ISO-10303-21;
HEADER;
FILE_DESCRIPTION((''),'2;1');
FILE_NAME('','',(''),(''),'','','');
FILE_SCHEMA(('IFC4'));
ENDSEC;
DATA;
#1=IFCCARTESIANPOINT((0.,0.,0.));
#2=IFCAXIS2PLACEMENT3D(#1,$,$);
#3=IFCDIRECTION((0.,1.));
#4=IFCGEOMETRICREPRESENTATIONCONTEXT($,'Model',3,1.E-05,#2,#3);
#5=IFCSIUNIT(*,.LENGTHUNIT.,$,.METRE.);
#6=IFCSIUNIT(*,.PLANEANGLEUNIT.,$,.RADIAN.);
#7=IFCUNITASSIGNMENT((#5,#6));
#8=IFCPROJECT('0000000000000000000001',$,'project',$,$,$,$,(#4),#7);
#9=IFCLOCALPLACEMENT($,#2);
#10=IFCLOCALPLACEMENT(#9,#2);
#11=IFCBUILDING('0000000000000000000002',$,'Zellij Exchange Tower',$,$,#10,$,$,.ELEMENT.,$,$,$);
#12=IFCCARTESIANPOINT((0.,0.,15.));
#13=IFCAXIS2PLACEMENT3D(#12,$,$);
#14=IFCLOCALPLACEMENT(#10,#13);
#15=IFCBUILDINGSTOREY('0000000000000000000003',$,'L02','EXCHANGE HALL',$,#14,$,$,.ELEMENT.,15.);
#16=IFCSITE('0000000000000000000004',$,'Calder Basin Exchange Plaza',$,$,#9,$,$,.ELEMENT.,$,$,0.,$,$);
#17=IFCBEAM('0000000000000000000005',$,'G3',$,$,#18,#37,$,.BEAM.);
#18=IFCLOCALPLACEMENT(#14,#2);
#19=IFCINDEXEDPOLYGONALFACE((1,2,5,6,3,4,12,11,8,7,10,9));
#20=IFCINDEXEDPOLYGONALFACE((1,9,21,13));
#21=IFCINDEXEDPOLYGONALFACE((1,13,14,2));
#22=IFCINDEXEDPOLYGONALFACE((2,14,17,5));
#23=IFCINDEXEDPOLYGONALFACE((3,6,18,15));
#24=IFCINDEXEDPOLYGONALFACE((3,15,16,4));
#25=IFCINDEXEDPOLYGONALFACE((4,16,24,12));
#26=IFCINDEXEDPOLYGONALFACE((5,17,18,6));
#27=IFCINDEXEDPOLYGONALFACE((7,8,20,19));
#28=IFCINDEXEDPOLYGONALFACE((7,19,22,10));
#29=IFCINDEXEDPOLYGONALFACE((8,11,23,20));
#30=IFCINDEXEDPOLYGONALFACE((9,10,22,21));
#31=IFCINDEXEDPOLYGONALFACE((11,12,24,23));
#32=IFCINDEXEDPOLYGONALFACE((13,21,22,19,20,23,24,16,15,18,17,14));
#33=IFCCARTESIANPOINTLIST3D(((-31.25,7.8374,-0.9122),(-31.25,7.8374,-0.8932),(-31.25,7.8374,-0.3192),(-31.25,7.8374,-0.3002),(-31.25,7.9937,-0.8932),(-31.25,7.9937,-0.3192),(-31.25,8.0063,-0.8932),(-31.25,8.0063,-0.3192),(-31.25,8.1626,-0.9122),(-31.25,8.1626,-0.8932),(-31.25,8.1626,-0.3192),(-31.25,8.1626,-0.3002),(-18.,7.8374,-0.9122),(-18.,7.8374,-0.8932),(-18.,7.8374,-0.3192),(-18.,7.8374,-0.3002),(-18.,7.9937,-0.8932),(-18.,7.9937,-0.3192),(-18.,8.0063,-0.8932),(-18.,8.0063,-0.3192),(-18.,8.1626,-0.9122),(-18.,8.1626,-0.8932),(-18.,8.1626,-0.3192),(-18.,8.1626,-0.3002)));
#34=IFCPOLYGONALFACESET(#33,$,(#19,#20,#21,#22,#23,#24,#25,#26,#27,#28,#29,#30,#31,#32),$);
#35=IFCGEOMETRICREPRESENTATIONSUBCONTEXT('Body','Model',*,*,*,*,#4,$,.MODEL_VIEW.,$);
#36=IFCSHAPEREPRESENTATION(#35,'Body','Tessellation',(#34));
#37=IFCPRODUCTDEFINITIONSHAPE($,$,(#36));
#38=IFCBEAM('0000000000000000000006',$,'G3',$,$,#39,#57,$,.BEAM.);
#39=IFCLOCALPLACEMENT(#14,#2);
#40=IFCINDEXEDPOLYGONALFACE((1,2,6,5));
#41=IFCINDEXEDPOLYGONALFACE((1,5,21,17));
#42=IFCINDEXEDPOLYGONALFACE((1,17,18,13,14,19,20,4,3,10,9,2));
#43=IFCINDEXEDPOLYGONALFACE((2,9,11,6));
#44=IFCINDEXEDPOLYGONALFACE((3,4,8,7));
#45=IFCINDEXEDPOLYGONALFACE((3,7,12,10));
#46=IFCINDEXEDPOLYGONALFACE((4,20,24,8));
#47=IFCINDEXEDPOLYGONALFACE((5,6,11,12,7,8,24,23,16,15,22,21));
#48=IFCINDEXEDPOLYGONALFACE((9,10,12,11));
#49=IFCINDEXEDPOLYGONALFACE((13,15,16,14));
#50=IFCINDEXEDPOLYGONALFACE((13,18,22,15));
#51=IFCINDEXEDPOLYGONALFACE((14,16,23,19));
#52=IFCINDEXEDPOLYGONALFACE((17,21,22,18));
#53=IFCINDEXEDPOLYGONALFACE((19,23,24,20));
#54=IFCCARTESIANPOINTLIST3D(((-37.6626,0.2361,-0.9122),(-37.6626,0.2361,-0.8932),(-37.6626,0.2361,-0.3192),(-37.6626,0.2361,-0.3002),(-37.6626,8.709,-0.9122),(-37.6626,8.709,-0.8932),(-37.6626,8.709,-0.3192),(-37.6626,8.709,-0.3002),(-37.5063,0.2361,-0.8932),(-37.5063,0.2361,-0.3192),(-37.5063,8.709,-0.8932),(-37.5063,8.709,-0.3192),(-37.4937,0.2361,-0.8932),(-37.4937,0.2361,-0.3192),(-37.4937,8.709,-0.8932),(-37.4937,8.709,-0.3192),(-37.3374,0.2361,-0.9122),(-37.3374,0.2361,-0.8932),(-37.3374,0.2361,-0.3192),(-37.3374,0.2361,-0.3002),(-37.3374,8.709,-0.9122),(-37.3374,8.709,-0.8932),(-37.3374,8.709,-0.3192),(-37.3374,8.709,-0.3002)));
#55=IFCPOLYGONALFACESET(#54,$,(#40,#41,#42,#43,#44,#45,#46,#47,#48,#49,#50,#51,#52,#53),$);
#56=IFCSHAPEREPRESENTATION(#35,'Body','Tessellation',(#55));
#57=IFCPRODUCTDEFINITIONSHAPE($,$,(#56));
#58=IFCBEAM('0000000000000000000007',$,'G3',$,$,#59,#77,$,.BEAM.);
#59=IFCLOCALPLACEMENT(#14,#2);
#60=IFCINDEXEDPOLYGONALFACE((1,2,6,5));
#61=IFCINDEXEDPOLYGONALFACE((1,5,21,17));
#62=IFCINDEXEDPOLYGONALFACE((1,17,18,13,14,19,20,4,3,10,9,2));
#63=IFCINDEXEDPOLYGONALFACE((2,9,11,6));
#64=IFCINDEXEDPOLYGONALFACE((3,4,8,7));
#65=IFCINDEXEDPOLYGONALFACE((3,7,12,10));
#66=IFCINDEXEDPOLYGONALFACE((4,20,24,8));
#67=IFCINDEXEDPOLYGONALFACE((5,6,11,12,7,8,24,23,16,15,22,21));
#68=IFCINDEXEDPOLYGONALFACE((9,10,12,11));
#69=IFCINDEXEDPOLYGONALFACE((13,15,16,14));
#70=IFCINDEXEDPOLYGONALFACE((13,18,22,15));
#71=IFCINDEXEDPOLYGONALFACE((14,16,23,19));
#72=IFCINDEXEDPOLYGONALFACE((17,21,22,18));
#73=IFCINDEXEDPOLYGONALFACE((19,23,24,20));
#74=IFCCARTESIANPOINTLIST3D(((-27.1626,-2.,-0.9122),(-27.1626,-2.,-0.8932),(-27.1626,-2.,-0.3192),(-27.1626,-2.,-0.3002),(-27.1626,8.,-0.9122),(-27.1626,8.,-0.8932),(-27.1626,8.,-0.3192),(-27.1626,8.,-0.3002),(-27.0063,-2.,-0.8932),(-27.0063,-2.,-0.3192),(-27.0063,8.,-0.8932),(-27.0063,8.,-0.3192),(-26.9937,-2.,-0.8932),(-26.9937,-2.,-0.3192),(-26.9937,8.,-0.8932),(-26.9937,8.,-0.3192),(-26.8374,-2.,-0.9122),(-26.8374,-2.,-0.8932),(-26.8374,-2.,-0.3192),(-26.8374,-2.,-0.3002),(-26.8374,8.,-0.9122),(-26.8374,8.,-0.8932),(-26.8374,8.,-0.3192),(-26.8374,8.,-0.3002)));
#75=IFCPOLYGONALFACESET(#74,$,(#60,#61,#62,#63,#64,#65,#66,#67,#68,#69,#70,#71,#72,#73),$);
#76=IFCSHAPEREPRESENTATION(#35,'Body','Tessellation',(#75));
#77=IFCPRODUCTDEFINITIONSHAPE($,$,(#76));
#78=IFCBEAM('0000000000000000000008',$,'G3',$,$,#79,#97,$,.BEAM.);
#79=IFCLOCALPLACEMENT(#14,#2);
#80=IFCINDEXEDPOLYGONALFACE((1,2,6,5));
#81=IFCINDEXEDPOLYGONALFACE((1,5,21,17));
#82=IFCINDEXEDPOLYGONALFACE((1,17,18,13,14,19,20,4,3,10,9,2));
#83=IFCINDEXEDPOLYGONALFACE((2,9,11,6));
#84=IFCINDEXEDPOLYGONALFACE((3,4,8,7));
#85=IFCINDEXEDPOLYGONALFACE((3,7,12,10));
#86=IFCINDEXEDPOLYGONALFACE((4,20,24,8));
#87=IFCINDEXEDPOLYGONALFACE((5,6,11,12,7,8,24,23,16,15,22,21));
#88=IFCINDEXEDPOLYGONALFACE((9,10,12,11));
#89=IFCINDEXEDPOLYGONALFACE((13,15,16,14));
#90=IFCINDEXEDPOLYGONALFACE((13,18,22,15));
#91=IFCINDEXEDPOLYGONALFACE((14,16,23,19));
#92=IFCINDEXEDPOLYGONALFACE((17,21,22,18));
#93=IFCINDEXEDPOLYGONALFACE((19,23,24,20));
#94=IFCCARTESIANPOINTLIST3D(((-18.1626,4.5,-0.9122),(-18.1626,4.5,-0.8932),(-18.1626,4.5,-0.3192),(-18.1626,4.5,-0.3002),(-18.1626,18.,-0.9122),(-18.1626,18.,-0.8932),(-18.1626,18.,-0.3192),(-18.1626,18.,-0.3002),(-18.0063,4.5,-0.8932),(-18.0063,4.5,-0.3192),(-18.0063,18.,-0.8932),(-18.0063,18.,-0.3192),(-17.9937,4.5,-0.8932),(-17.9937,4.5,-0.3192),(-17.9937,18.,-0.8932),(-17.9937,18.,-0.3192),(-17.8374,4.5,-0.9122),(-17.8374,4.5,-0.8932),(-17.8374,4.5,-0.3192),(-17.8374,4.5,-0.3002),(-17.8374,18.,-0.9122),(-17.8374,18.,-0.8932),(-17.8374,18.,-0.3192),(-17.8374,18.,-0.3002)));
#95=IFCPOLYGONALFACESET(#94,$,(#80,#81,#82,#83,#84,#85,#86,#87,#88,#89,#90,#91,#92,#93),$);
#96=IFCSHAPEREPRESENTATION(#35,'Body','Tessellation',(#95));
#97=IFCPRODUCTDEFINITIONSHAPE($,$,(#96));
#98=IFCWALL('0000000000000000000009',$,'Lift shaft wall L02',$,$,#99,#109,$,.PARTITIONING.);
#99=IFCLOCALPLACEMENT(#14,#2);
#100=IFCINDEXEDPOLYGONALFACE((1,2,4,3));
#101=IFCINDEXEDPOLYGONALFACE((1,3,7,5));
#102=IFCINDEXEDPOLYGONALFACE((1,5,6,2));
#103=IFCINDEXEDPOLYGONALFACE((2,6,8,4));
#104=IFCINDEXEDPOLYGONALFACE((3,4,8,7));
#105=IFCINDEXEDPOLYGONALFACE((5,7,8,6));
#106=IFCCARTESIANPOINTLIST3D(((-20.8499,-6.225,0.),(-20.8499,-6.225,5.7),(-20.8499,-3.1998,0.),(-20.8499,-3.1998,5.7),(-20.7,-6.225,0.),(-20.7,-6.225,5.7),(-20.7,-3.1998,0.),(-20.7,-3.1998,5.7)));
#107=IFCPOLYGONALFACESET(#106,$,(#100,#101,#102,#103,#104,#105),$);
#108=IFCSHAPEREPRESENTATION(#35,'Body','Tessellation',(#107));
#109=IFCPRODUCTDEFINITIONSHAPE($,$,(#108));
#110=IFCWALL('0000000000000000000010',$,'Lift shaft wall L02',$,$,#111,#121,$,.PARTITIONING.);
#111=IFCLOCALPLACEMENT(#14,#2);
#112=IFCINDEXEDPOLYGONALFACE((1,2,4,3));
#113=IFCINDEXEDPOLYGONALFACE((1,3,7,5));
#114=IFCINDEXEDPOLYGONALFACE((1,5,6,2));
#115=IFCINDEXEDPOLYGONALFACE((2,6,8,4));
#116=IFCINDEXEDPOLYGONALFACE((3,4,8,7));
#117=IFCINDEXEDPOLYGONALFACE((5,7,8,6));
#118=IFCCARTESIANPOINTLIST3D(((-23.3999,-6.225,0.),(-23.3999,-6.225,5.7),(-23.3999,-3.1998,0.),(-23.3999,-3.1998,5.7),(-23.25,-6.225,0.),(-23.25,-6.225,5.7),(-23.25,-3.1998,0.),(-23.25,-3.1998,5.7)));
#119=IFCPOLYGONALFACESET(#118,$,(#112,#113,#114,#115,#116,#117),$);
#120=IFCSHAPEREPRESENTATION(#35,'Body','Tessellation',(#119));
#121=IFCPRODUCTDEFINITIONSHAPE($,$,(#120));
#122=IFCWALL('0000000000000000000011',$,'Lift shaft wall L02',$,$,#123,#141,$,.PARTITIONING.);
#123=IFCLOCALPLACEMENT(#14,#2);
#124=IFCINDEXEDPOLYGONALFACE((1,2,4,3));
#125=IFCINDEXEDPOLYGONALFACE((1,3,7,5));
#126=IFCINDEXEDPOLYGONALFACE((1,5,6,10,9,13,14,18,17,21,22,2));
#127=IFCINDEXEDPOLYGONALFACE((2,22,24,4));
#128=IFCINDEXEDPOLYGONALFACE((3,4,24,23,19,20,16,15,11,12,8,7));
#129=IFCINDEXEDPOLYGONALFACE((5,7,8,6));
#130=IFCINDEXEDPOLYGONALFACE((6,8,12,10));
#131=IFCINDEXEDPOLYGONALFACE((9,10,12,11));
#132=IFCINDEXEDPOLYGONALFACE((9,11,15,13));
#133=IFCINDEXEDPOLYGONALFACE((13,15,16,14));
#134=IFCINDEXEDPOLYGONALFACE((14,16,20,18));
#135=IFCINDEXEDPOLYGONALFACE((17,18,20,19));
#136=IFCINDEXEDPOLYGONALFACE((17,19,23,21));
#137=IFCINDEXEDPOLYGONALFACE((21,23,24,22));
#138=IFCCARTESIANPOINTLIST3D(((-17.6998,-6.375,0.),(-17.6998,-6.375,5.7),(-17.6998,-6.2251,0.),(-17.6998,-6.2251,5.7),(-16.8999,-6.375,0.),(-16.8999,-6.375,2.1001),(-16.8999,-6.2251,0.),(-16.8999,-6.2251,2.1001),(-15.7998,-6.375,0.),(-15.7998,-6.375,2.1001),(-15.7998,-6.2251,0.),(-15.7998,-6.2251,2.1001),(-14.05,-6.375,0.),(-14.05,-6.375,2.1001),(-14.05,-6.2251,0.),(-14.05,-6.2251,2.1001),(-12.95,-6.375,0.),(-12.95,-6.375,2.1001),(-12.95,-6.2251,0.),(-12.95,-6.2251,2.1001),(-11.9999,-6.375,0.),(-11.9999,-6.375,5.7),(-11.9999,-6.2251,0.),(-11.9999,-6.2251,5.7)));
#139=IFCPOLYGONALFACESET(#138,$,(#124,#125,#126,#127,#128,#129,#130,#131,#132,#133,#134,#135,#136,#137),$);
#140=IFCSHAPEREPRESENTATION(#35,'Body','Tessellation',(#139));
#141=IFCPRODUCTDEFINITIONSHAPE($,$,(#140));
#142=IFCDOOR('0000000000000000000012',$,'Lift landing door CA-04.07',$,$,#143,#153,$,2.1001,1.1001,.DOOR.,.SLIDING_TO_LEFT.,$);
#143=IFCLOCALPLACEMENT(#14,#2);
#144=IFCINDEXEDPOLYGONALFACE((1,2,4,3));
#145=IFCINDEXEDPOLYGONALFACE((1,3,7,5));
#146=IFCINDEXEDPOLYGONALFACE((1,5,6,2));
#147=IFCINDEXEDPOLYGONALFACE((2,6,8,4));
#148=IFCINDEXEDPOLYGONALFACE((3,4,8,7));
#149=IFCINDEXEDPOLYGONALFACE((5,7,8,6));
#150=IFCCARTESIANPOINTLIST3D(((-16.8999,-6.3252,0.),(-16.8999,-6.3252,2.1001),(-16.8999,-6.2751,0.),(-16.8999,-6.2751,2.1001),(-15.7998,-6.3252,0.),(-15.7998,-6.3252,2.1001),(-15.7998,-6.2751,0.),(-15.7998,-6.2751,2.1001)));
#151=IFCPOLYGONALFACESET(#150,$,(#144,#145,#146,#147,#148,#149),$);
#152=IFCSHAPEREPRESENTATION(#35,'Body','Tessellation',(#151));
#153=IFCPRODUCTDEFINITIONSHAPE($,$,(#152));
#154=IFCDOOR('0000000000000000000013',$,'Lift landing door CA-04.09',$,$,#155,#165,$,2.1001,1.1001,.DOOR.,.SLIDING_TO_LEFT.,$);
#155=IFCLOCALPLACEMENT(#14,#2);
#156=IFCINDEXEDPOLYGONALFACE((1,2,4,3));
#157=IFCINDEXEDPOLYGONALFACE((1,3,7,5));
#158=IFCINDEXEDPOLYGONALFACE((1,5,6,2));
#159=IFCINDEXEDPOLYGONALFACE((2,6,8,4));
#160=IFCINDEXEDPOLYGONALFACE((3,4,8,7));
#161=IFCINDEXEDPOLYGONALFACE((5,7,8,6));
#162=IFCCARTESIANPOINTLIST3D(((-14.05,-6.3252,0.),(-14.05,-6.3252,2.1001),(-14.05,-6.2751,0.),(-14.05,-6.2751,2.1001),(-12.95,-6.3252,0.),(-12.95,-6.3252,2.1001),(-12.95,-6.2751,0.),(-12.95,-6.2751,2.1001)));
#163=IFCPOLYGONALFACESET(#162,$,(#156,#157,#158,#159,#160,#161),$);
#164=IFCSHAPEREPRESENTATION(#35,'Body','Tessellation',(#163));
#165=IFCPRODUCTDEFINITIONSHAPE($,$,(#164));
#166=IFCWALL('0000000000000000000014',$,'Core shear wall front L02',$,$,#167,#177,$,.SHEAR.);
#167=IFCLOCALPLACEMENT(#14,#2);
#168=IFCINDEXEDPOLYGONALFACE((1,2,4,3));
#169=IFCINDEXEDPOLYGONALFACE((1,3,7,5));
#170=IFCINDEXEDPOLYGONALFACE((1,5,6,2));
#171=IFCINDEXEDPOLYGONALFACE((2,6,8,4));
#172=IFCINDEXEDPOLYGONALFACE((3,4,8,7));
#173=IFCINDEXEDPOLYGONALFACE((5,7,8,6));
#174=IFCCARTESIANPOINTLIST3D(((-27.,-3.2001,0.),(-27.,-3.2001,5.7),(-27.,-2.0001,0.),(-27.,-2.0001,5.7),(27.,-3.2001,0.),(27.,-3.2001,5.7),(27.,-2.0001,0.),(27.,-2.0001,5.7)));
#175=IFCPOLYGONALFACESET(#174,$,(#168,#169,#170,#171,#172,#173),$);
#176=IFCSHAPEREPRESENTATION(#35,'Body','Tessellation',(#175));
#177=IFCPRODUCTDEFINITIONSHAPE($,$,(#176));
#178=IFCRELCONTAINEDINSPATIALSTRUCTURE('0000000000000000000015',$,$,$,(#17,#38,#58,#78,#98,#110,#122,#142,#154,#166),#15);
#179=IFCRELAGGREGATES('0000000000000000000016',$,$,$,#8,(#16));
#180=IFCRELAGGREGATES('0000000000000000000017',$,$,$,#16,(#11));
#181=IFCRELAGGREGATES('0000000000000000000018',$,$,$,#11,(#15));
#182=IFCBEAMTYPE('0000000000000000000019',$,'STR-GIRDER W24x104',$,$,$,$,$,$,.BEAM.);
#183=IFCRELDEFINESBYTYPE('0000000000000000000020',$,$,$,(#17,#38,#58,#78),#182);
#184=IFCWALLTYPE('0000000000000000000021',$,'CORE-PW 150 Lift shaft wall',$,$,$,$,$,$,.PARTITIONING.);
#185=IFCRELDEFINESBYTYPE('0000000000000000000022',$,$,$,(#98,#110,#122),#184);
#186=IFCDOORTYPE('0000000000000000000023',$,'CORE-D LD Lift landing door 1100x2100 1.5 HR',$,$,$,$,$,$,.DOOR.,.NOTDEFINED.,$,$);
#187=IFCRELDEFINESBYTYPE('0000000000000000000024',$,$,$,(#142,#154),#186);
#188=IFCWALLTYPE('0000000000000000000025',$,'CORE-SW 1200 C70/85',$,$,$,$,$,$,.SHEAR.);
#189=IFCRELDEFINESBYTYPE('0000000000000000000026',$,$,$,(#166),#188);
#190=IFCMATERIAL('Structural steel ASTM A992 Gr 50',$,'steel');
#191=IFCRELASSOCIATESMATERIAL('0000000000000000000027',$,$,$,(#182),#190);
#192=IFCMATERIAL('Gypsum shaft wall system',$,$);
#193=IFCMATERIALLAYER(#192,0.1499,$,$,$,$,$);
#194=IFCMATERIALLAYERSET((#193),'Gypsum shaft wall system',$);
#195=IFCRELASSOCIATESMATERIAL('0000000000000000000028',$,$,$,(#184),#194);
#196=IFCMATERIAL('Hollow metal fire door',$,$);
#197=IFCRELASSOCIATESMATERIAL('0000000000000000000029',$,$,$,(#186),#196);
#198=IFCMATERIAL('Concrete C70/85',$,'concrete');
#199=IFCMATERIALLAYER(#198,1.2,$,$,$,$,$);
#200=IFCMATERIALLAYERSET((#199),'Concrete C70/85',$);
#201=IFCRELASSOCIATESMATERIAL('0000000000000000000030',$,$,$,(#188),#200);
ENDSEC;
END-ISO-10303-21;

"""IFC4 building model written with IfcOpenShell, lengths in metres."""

from ifc_helpers import new_model, si_unit, direction, frame, frame_2d, origin, origin_2d, place, context, subcontext, project, spatial, rectangle, i_section, extrude, material, layer, layer_set, material_profile, profile_set, type_object, element, fill, save


model = new_model("IFC4")

# Units and contexts
model_context = context("Model", 3, precision=1e-05, world=origin(), true_north=direction((0.0, 1.0)))
body_context = subcontext(model_context, "Body", "Model", "MODEL_VIEW")
ifc_project = project(units=[si_unit("LENGTHUNIT", "METRE"), si_unit("PLANEANGLEUNIT", "RADIAN")], contexts=[model_context])

# Site, building, storey
site_placement = place(None, origin())
site = spatial("IfcSite", under=ifc_project, at=site_placement, Name="Calder Basin Exchange Plaza", CompositionType="ELEMENT", RefElevation=0.0)
building_placement = place(site_placement, origin())
building = spatial("IfcBuilding", under=site, at=building_placement, Name="Zellij Exchange Tower", CompositionType="ELEMENT")
storey_placement = place(building_placement, frame((0.0, 0.0, 15.0)))
storey = spatial("IfcBuildingStorey", under=building, at=storey_placement, Name="L02", Description="EXCHANGE HALL", CompositionType="ELEMENT", Elevation=15.0)

# Shared definitions
ifc_material_1 = material(Name="Concrete C70/85", Category="concrete")

# Beams
ifc_material_2 = material(Name="Structural steel ASTM A992 Gr 50", Category="steel")
ifc_material_profile_1 = material_profile(ifc_material_2, i_section(OverallWidth=0.3252, OverallDepth=0.6121, WebThickness=0.0127, FlangeThickness=0.019, at=origin_2d()), Name="W24x104")
ifc_profile_set_1 = profile_set([ifc_material_profile_1], Name="Structural steel ASTM A992 Gr 50")
beam_type_1 = type_object("IfcBeamType", Name="STR-GIRDER W24x104", PredefinedType="BEAM", material=ifc_profile_set_1)
beam_1_placement = place(storey_placement, frame((-31.25, 8.0, -0.6062), z_axis=(1.0, 0.0, 0.0), x_axis=(0.0, 1.0, 0.0)))
element("IfcBeam", 1, at=beam_1_placement, inside=storey, type_object=beam_type_1, Name="G3", PredefinedType="BEAM", context=body_context, shape_type="SweptSolid", body=[
    extrude(i_section(OverallWidth=0.3252, OverallDepth=0.6121, WebThickness=0.0127, FlangeThickness=0.019, at=origin_2d()), origin(), (0.0, 0.0, 1.0), 13.25),
])
beam_2_placement = place(storey_placement, frame((-37.5, 0.2361, -0.6062), z_axis=(0.0, 1.0, 0.0), x_axis=(-1.0, 0.0, 0.0)))
element("IfcBeam", 2, at=beam_2_placement, inside=storey, type_object=beam_type_1, Name="G3", PredefinedType="BEAM", context=body_context, shape_type="SweptSolid", body=[
    extrude(i_section(OverallWidth=0.3252, OverallDepth=0.6121, WebThickness=0.0127, FlangeThickness=0.019, at=origin_2d()), origin(), (0.0, 0.0, 1.0), 8.4729),
])
beam_3_placement = place(storey_placement, frame((-27.0, -2.0, -0.6062), z_axis=(0.0, 1.0, 0.0), x_axis=(-1.0, 0.0, 0.0)))
element("IfcBeam", 3, at=beam_3_placement, inside=storey, type_object=beam_type_1, Name="G3", PredefinedType="BEAM", context=body_context, shape_type="SweptSolid", body=[
    extrude(i_section(OverallWidth=0.3252, OverallDepth=0.6121, WebThickness=0.0127, FlangeThickness=0.019, at=origin_2d()), origin(), (0.0, 0.0, 1.0), 10.0),
])
beam_4_placement = place(storey_placement, frame((-18.0, 4.5, -0.6062), z_axis=(0.0, 1.0, 0.0), x_axis=(-1.0, 0.0, 0.0)))
element("IfcBeam", 4, at=beam_4_placement, inside=storey, type_object=beam_type_1, Name="G3", PredefinedType="BEAM", context=body_context, shape_type="SweptSolid", body=[
    extrude(i_section(OverallWidth=0.3252, OverallDepth=0.6121, WebThickness=0.0127, FlangeThickness=0.019, at=origin_2d()), origin(), (0.0, 0.0, 1.0), 13.5),
])

# Walls
ifc_material_3 = material(Name="Gypsum shaft wall system")
ifc_layer_1 = layer(ifc_material_3, 0.1499)
ifc_layer_set_1 = layer_set([ifc_layer_1], Name="Gypsum shaft wall system")
wall_type_1 = type_object("IfcWallType", Name="CORE-PW 150 Lift shaft wall", PredefinedType="PARTITIONING", material=ifc_layer_set_1)
for number, where, z_axis, x_axis, name in (
    (5, (-20.7749, -6.2251, 0.0), (0.0, 0.0, 1.0), (0.0, 1.0, 0.0), "Lift shaft wall L02"),
    (6, (-23.325, -6.2251, 0.0), (0.0, 0.0, 1.0), (0.0, 1.0, 0.0), "Lift shaft wall L02"),
):
    element("IfcWall", number, at=place(storey_placement, frame(where, z_axis=z_axis, x_axis=x_axis)), inside=storey, type_object=wall_type_1, Name=name, PredefinedType="PARTITIONING", context=body_context, shape_type="SweptSolid", body=[
        extrude(rectangle(XDim=3.0251, YDim=0.1499, at=frame_2d((1.5127, 0.0))), origin(), (0.0, 0.0, 1.0), 5.7),
    ])

# Wall, openings, doors
wall_1_placement = place(storey_placement, frame((-17.7, -6.3, 0.0), z_axis=(0.0, 0.0, 1.0), x_axis=(1.0, 0.0, 0.0)))
wall_1 = element("IfcWall", 7, at=wall_1_placement, inside=storey, type_object=wall_type_1, Name="Lift shaft wall L02", PredefinedType="PARTITIONING", context=body_context, shape_type="SweptSolid", body=[
    extrude(rectangle(XDim=5.7, YDim=0.1499, at=frame_2d((2.8501, 0.0))), origin(), (0.0, 0.0, 1.0), 5.7),
])
opening_1_placement = place(wall_1_placement, frame((0.8, 0.0, 0.0)))
opening_1 = element("IfcOpeningElement", 8, at=opening_1_placement, cuts=wall_1, PredefinedType="OPENING", context=body_context, shape_type="SweptSolid", body=[
    extrude(rectangle(XDim=1.1001, YDim=2.1001, at=frame_2d((0.55, 1.05))), frame((0.0, 0.0869, 0.0), z_axis=(0.0, -1.0, 0.0), x_axis=(1.0, 0.0, 0.0)), (0.0, 0.0, 1.0), 0.1738),
])
opening_2_placement = place(wall_1_placement, frame((3.6499, 0.0, 0.0)))
opening_2 = element("IfcOpeningElement", 9, at=opening_2_placement, cuts=wall_1, PredefinedType="OPENING", context=body_context, shape_type="SweptSolid", body=[
    extrude(rectangle(XDim=1.1001, YDim=2.1001, at=frame_2d((0.55, 1.05))), frame((0.0, 0.0869, 0.0), z_axis=(0.0, -1.0, 0.0), x_axis=(1.0, 0.0, 0.0)), (0.0, 0.0, 1.0), 0.1738),
])
ifc_material_4 = material(Name="Hollow metal fire door")
door_type_1 = type_object("IfcDoorType", Name="CORE-D LD Lift landing door 1100x2100 1.5 HR", OperationType="NOTDEFINED", PredefinedType="DOOR", material=ifc_material_4)
door_1_placement = place(opening_1_placement, origin())
door_1 = element("IfcDoor", 10, at=door_1_placement, inside=storey, type_object=door_type_1, Name="Lift landing door CA-04.07", OperationType="SLIDING_TO_LEFT", OverallHeight=2.1001, OverallWidth=1.1001, PredefinedType="DOOR", context=body_context, shape_type="SweptSolid", body=[
    extrude(rectangle(XDim=1.1001, YDim=2.1001, at=frame_2d((0.55, 1.05))), frame((0.0, 0.0249, 0.0), z_axis=(0.0, -1.0, 0.0), x_axis=(1.0, 0.0, 0.0)), (0.0, 0.0, 1.0), 0.05),
])
fill(opening_1, door_1)
door_2_placement = place(opening_2_placement, origin())
door_2 = element("IfcDoor", 11, at=door_2_placement, inside=storey, type_object=door_type_1, Name="Lift landing door CA-04.09", OperationType="SLIDING_TO_LEFT", OverallHeight=2.1001, OverallWidth=1.1001, PredefinedType="DOOR", context=body_context, shape_type="SweptSolid", body=[
    extrude(rectangle(XDim=1.1001, YDim=2.1001, at=frame_2d((0.55, 1.05))), frame((0.0, 0.0249, 0.0), z_axis=(0.0, -1.0, 0.0), x_axis=(1.0, 0.0, 0.0)), (0.0, 0.0, 1.0), 0.05),
])
fill(opening_2, door_2)

# Wall
ifc_layer_2 = layer(ifc_material_1, 1.2)
ifc_layer_set_2 = layer_set([ifc_layer_2], Name="Concrete C70/85")
wall_type_2 = type_object("IfcWallType", Name="CORE-SW 1200 C70/85", PredefinedType="SHEAR", material=ifc_layer_set_2)
wall_2_placement = place(storey_placement, frame((-27.0, -2.6001, 0.0), z_axis=(0.0, 0.0, 1.0), x_axis=(1.0, 0.0, 0.0)))
element("IfcWall", 12, at=wall_2_placement, inside=storey, type_object=wall_type_2, Name="Core shear wall front L02", PredefinedType="SHEAR", context=body_context, shape_type="SweptSolid", body=[
    extrude(rectangle(XDim=54.0, YDim=1.2, at=frame_2d((27.0, 0.0))), origin(), (0.0, 0.0, 1.0), 5.7),
])

save(model, "model.ifc")
